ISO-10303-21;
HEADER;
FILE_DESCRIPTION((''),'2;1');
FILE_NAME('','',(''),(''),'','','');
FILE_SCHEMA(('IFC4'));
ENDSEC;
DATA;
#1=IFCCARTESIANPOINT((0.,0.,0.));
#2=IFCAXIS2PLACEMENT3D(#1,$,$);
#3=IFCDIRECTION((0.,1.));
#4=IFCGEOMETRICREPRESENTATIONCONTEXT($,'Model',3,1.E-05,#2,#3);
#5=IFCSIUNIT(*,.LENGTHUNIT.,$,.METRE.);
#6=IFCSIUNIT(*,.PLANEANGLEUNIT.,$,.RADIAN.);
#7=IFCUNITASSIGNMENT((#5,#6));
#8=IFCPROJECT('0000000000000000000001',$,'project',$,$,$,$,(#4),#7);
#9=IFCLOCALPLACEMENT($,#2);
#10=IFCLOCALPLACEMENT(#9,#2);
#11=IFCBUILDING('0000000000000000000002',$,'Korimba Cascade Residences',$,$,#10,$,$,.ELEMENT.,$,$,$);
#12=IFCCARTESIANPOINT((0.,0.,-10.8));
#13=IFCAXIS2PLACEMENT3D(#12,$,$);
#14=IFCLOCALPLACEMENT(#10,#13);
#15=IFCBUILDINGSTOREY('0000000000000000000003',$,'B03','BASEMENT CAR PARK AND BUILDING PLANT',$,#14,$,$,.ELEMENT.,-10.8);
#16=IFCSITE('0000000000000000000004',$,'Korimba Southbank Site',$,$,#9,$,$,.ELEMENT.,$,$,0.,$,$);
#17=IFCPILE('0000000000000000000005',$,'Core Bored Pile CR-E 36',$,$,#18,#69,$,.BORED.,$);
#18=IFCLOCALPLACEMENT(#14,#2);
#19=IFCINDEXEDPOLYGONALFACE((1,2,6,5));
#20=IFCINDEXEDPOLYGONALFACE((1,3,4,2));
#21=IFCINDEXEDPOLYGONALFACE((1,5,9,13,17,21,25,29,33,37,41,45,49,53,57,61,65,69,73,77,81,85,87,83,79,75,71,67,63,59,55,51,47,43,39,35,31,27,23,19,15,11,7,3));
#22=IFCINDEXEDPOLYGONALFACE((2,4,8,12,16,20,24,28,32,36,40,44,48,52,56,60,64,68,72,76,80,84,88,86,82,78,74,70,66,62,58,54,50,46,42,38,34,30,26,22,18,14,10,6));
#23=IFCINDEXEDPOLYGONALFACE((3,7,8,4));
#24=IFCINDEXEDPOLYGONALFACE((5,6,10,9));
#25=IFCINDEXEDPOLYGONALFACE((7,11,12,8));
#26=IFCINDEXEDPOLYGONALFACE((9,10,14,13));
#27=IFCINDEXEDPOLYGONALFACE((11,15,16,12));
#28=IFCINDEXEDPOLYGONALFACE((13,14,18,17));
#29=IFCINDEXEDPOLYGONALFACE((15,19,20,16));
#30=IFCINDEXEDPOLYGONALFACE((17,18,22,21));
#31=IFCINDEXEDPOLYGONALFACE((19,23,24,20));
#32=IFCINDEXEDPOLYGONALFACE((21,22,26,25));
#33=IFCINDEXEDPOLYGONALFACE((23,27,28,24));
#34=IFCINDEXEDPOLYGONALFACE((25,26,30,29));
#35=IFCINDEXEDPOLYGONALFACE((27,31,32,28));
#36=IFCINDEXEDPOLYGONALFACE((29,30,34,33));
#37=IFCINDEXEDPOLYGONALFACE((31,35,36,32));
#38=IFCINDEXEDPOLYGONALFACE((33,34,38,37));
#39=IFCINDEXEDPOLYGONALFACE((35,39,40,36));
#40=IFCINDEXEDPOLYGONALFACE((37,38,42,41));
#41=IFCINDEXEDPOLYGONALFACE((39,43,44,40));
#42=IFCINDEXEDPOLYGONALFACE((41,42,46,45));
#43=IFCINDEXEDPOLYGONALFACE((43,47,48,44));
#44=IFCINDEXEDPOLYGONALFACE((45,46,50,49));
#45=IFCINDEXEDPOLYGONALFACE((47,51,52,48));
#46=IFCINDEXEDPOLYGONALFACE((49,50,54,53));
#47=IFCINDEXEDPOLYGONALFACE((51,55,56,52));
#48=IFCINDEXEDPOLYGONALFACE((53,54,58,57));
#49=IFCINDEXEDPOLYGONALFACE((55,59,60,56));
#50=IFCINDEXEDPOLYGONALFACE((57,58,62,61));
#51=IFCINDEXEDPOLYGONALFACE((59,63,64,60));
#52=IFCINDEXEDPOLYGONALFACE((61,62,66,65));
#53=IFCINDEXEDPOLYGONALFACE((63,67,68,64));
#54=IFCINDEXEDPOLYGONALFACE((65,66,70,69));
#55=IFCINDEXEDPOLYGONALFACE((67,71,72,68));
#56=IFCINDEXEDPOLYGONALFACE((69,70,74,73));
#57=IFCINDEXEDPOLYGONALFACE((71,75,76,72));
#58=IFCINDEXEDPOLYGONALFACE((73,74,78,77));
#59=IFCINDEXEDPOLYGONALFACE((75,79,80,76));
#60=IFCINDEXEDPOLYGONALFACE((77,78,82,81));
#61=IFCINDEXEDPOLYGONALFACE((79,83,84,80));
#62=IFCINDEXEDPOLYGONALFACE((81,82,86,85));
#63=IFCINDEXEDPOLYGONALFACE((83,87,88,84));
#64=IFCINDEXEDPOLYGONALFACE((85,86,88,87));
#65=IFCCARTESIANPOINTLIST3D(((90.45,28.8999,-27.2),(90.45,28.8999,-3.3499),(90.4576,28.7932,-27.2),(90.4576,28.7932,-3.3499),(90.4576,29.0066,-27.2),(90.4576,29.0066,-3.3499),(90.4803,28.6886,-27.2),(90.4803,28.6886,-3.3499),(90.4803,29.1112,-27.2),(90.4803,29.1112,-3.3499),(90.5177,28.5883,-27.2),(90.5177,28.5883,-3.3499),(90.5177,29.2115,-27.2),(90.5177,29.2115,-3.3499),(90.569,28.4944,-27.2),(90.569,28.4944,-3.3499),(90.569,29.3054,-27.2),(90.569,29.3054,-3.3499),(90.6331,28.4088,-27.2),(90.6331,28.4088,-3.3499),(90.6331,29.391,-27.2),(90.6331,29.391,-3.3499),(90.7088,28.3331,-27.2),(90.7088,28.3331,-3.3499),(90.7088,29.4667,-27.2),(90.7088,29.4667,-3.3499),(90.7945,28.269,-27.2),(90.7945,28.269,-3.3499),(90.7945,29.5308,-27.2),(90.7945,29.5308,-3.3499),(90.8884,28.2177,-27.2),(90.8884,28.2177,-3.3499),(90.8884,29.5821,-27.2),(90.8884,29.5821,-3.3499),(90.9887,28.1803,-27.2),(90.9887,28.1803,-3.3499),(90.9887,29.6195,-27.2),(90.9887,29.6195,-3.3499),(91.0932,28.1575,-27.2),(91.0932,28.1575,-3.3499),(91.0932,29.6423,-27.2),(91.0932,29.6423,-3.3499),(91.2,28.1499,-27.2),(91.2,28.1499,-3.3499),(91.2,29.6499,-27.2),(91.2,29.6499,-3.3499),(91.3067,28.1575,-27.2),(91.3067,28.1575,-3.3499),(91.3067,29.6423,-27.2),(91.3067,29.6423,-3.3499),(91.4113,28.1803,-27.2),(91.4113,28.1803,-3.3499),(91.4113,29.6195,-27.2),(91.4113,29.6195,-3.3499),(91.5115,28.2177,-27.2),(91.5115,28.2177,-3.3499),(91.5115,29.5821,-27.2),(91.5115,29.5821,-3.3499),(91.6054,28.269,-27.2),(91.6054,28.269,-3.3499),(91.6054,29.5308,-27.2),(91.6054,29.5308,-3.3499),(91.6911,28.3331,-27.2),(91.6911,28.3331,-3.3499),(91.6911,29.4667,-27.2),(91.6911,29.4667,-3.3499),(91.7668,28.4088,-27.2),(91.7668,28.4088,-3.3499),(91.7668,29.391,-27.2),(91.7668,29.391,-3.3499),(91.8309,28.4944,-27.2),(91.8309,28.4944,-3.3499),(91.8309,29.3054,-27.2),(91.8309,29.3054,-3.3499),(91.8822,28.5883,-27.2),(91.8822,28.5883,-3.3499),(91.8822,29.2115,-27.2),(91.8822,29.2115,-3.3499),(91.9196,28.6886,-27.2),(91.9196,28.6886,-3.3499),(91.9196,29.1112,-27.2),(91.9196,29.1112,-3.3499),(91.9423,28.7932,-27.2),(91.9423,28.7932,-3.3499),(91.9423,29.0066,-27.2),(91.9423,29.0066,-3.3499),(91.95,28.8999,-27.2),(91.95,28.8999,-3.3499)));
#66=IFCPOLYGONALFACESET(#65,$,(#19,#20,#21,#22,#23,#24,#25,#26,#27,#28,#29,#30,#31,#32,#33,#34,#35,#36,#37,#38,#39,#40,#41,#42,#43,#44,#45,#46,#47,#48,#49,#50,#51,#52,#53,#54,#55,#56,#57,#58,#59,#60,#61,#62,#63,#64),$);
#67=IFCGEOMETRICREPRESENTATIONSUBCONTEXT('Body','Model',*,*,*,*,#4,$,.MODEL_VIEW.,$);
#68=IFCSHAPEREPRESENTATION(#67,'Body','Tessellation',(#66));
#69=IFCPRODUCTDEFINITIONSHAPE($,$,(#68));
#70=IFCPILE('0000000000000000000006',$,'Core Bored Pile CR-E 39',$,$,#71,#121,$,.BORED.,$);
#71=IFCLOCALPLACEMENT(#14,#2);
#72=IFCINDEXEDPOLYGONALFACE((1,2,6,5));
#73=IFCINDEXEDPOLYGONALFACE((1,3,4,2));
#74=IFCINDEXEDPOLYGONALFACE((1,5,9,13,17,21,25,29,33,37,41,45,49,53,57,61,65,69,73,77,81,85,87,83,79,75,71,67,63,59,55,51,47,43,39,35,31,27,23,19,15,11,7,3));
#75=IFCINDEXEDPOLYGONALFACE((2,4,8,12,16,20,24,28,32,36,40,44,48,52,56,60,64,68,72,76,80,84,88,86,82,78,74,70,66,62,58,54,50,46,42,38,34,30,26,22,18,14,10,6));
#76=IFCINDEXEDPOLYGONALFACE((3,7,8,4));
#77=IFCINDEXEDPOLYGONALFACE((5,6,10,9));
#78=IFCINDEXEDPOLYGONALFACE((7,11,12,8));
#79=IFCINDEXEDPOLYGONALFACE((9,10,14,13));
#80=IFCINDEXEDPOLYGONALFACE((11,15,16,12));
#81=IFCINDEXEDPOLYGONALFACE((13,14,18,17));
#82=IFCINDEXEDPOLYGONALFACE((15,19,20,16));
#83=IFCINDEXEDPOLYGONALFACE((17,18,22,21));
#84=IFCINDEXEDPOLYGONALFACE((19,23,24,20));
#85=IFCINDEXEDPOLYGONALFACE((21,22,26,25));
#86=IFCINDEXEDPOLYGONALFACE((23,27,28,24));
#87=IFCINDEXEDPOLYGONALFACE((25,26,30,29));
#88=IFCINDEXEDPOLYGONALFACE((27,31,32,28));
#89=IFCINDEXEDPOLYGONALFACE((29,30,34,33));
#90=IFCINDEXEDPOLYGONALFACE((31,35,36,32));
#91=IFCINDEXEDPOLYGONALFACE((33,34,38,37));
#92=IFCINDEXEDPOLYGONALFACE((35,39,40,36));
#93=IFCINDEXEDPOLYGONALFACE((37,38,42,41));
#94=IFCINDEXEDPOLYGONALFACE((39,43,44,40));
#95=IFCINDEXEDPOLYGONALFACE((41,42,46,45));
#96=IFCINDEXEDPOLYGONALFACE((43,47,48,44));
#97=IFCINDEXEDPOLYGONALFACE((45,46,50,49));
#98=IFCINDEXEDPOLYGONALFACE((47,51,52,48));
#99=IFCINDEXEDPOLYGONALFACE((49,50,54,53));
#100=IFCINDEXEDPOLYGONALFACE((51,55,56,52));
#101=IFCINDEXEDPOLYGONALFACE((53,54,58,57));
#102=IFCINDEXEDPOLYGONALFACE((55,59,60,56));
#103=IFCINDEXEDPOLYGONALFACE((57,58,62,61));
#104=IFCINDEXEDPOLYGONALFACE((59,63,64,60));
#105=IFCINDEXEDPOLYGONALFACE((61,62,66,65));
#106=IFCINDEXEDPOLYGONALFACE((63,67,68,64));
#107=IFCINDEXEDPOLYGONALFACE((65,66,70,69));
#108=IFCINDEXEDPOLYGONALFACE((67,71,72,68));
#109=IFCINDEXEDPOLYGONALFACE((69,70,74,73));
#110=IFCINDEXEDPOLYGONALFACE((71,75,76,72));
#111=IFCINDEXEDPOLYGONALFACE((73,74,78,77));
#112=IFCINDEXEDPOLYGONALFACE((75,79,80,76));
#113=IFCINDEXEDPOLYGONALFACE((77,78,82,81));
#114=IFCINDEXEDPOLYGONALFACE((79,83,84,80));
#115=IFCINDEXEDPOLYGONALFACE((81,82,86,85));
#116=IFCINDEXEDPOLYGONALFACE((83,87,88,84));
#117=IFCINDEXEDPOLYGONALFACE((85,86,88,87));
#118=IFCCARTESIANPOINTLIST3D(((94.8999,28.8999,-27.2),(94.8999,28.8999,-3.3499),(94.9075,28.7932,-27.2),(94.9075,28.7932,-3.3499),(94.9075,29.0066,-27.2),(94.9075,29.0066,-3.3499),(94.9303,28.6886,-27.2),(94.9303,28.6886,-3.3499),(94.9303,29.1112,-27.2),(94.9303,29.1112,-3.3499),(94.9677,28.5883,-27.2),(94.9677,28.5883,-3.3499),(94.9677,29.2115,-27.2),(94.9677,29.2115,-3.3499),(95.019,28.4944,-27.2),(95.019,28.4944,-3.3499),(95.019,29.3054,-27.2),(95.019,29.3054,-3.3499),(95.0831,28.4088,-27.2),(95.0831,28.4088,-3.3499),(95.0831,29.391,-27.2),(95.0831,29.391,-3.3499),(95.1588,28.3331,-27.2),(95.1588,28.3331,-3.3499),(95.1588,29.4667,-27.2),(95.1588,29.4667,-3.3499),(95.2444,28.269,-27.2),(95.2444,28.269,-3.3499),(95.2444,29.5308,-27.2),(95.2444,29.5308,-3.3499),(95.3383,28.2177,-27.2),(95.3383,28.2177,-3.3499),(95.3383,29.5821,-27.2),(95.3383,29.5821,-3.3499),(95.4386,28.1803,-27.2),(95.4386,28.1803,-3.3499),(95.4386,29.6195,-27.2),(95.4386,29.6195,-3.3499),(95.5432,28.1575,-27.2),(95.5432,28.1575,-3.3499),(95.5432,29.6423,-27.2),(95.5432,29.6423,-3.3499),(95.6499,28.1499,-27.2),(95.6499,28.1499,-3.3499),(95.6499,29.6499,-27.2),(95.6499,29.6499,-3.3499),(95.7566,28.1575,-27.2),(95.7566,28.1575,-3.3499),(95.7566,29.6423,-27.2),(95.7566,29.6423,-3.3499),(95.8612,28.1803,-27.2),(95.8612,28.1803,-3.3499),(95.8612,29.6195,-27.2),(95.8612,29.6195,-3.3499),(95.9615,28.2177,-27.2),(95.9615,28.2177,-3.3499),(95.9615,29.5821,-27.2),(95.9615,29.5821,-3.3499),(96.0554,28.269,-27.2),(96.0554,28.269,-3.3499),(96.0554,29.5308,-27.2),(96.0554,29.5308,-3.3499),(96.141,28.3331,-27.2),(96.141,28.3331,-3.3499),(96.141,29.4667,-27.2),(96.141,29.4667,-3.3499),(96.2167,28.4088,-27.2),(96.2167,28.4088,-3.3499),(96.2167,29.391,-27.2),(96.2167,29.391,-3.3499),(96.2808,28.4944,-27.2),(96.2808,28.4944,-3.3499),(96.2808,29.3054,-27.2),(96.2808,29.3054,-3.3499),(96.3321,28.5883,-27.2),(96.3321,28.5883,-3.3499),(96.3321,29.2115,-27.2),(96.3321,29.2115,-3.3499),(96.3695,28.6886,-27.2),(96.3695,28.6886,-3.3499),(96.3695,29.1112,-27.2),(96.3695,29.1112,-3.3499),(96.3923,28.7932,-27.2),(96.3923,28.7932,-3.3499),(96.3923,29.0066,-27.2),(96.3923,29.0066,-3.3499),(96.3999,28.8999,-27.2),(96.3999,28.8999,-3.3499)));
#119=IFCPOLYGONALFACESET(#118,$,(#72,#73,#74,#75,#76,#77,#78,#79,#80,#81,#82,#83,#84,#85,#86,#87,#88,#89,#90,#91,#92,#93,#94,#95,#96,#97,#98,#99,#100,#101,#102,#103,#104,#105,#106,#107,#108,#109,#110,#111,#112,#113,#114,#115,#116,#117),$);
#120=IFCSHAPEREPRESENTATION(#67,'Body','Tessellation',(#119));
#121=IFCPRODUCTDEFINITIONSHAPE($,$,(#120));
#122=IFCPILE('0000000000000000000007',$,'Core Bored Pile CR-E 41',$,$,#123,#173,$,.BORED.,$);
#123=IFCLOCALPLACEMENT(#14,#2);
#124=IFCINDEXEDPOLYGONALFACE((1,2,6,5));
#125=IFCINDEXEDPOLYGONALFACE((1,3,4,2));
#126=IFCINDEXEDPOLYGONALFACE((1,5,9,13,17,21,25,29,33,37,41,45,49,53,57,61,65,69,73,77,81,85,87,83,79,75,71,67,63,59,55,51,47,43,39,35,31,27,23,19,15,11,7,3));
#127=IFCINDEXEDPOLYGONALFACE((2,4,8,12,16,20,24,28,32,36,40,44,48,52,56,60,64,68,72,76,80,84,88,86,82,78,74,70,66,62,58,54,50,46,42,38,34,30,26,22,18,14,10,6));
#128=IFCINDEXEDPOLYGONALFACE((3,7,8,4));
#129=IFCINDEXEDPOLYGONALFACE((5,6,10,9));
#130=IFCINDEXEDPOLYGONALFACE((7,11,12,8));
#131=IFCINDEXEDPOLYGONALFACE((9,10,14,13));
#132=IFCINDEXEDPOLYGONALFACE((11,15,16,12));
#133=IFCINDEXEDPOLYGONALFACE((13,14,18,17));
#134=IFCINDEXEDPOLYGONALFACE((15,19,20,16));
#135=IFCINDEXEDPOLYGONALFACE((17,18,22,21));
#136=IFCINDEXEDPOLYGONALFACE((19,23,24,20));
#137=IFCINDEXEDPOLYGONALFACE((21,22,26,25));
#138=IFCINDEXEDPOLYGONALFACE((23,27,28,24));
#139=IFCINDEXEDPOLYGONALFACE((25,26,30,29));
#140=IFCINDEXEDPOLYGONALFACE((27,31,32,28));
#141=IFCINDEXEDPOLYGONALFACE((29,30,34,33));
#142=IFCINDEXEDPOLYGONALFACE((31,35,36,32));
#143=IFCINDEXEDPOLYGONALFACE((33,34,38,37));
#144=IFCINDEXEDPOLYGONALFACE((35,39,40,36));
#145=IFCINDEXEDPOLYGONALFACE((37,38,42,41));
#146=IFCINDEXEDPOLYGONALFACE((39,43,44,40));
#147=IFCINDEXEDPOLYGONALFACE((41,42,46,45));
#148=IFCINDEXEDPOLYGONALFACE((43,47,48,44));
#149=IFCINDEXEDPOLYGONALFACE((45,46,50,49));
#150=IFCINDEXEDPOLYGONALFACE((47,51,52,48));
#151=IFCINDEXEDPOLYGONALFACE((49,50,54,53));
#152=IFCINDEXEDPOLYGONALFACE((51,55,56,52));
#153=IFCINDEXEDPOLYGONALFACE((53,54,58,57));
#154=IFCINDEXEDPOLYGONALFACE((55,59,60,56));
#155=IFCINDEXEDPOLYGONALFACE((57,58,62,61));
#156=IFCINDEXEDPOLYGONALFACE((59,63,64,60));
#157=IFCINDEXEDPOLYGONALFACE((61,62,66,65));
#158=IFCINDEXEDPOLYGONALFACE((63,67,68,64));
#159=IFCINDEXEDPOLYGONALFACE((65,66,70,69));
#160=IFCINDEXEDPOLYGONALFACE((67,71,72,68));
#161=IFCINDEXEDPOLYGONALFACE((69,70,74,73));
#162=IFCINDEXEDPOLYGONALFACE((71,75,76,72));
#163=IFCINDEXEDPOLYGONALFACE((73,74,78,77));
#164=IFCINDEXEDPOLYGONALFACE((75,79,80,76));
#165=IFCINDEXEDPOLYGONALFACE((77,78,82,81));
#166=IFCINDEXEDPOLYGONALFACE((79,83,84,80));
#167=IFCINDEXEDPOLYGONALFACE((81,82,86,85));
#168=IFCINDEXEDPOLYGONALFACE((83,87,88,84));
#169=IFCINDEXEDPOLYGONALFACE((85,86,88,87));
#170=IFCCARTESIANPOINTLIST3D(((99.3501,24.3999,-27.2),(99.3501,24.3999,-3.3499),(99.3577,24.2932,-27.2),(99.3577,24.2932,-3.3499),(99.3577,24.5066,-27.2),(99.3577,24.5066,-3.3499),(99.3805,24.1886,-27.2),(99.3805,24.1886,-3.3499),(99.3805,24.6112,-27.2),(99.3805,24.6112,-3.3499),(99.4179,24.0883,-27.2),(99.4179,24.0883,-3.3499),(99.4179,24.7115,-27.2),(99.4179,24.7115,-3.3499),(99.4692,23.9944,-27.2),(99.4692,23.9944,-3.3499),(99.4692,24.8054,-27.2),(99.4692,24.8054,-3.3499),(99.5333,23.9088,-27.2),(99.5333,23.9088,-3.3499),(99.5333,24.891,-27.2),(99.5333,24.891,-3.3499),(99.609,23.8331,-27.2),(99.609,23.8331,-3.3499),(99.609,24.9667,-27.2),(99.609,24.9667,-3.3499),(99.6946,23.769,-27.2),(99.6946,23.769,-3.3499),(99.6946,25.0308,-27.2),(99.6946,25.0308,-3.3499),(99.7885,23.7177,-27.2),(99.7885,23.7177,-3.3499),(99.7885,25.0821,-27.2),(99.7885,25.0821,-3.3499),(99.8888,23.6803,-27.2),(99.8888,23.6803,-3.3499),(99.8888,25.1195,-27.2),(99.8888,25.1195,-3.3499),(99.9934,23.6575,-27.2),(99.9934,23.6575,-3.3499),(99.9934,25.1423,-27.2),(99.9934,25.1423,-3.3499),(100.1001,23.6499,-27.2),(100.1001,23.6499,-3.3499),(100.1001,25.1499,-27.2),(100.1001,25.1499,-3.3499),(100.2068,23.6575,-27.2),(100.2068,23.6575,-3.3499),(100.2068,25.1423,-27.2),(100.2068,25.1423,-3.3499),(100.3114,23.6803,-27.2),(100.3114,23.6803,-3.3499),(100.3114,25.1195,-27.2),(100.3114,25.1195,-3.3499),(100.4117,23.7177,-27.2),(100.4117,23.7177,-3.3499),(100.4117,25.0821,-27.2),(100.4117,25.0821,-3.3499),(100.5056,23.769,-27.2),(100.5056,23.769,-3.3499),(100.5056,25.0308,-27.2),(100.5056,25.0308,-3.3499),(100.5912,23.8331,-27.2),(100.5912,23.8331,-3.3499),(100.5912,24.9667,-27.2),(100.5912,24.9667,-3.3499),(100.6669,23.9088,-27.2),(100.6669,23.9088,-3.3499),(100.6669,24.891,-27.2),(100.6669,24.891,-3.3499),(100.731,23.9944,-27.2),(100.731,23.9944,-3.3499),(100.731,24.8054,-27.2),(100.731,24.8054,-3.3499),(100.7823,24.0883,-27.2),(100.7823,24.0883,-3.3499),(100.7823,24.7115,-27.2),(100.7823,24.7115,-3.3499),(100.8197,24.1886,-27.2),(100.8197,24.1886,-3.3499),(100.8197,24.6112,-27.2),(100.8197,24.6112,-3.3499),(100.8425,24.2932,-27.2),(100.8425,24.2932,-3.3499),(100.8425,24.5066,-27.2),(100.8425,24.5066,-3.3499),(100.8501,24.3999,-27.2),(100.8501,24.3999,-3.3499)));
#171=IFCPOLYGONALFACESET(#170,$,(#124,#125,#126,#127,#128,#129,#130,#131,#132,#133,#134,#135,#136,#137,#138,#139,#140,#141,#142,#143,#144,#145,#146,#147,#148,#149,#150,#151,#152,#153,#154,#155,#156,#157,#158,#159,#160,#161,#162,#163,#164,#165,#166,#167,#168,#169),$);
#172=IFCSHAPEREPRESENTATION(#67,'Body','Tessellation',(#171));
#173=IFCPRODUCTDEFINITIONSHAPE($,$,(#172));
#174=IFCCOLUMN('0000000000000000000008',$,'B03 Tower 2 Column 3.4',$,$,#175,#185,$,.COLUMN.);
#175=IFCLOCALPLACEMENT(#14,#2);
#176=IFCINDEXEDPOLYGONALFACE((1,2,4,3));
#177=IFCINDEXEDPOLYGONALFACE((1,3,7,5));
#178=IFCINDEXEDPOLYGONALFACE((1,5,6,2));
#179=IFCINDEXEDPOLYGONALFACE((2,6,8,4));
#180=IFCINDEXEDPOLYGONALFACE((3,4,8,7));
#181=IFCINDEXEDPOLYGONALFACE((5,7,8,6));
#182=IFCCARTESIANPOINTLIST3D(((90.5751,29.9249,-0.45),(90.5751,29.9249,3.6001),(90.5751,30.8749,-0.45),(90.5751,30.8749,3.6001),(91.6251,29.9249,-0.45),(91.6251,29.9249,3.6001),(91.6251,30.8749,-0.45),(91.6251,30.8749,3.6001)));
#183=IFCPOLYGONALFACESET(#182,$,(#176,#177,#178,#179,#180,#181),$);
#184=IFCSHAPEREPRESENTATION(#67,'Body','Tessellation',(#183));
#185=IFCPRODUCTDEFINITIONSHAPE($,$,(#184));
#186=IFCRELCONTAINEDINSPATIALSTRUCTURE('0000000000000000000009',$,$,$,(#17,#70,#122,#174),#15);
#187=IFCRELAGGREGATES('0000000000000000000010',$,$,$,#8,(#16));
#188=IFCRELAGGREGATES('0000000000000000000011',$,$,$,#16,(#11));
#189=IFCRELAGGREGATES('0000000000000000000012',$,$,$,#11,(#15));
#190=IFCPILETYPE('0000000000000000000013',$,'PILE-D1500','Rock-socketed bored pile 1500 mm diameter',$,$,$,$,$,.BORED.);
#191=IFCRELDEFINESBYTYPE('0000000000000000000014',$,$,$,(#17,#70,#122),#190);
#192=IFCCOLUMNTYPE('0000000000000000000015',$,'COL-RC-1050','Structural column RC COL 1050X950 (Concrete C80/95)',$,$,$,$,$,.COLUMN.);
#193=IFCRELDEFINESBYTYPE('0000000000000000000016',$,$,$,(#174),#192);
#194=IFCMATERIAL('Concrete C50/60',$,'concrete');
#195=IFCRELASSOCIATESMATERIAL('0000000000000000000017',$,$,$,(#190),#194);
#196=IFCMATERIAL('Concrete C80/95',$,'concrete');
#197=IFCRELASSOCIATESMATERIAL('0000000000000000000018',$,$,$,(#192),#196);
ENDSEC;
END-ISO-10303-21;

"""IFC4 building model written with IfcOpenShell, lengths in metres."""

from ifc_helpers import new_model, si_unit, direction, frame, origin, origin_2d, place, context, subcontext, project, spatial, rectangle, circle, extrude, material, material_profile, profile_set, type_object, element, save


model = new_model("IFC4")

# Units and contexts
model_context = context("Model", 3, precision=1e-05, world=origin(), true_north=direction((0.0, 1.0)))
body_context = subcontext(model_context, "Body", "Model", "MODEL_VIEW")
ifc_project = project(units=[si_unit("LENGTHUNIT", "METRE"), si_unit("PLANEANGLEUNIT", "RADIAN")], contexts=[model_context])

# Site, building, storey
site_placement = place(None, origin())
site = spatial("IfcSite", under=ifc_project, at=site_placement, Name="Korimba Southbank Site", CompositionType="ELEMENT", RefElevation=0.0)
building_placement = place(site_placement, origin())
building = spatial("IfcBuilding", under=site, at=building_placement, Name="Korimba Cascade Residences", CompositionType="ELEMENT")
storey_placement = place(building_placement, frame((0.0, 0.0, -10.8)))
storey = spatial("IfcBuildingStorey", under=building, at=storey_placement, Name="B03", Description="BASEMENT CAR PARK AND BUILDING PLANT", CompositionType="ELEMENT", Elevation=-10.8)

# Piles
ifc_material_1 = material(Name="Concrete C50/60", Category="concrete")
ifc_material_profile_1 = material_profile(ifc_material_1, circle(Radius=0.75, at=origin_2d()), Name="Concrete C50/60")
ifc_profile_set_1 = profile_set([ifc_material_profile_1], Name="Concrete C50/60")
pile_type = type_object("IfcPileType", Name="PILE-D1500", Description="Rock-socketed bored pile 1500 mm diameter", PredefinedType="BORED", material=ifc_profile_set_1)
for number, where, z_axis, x_axis, name in (
    (1, (91.2, 28.8999, -3.3499), (0.0, 0.0, -1.0), (1.0, 0.0, 0.0), "Core Bored Pile CR-E 36"),
    (2, (95.6499, 28.8999, -3.3499), (0.0, 0.0, -1.0), (1.0, 0.0, 0.0), "Core Bored Pile CR-E 39"),
    (3, (100.1001, 24.3999, -3.3499), (0.0, 0.0, -1.0), (1.0, 0.0, 0.0), "Core Bored Pile CR-E 41"),
):
    element("IfcPile", number, at=place(storey_placement, frame(where, z_axis=z_axis, x_axis=x_axis)), inside=storey, type_object=pile_type, Name=name, PredefinedType="BORED", context=body_context, shape_type="SweptSolid", body=[
        extrude(circle(Radius=0.75, at=origin_2d()), origin(), (0.0, 0.0, 1.0), 23.8501),
    ])

# Column
ifc_material_2 = material(Name="Concrete C80/95", Category="concrete")
ifc_material_profile_2 = material_profile(ifc_material_2, rectangle(XDim=1.05, YDim=0.95, at=origin_2d()), Name="Concrete C80/95")
ifc_profile_set_2 = profile_set([ifc_material_profile_2], Name="Concrete C80/95")
column_type = type_object("IfcColumnType", Name="COL-RC-1050", Description="Structural column RC COL 1050X950 (Concrete C80/95)", PredefinedType="COLUMN", material=ifc_profile_set_2)
column_placement = place(storey_placement, frame((91.1001, 30.3999, -0.45), z_axis=(0.0, 0.0, 1.0), x_axis=(1.0, 0.0, 0.0)))
element("IfcColumn", 4, at=column_placement, inside=storey, type_object=column_type, Name="B03 Tower 2 Column 3.4", PredefinedType="COLUMN", context=body_context, shape_type="SweptSolid", body=[
    extrude(rectangle(XDim=1.05, YDim=0.95, at=origin_2d()), origin(), (0.0, 0.0, 1.0), 4.05),
])

save(model, "model.ifc")
